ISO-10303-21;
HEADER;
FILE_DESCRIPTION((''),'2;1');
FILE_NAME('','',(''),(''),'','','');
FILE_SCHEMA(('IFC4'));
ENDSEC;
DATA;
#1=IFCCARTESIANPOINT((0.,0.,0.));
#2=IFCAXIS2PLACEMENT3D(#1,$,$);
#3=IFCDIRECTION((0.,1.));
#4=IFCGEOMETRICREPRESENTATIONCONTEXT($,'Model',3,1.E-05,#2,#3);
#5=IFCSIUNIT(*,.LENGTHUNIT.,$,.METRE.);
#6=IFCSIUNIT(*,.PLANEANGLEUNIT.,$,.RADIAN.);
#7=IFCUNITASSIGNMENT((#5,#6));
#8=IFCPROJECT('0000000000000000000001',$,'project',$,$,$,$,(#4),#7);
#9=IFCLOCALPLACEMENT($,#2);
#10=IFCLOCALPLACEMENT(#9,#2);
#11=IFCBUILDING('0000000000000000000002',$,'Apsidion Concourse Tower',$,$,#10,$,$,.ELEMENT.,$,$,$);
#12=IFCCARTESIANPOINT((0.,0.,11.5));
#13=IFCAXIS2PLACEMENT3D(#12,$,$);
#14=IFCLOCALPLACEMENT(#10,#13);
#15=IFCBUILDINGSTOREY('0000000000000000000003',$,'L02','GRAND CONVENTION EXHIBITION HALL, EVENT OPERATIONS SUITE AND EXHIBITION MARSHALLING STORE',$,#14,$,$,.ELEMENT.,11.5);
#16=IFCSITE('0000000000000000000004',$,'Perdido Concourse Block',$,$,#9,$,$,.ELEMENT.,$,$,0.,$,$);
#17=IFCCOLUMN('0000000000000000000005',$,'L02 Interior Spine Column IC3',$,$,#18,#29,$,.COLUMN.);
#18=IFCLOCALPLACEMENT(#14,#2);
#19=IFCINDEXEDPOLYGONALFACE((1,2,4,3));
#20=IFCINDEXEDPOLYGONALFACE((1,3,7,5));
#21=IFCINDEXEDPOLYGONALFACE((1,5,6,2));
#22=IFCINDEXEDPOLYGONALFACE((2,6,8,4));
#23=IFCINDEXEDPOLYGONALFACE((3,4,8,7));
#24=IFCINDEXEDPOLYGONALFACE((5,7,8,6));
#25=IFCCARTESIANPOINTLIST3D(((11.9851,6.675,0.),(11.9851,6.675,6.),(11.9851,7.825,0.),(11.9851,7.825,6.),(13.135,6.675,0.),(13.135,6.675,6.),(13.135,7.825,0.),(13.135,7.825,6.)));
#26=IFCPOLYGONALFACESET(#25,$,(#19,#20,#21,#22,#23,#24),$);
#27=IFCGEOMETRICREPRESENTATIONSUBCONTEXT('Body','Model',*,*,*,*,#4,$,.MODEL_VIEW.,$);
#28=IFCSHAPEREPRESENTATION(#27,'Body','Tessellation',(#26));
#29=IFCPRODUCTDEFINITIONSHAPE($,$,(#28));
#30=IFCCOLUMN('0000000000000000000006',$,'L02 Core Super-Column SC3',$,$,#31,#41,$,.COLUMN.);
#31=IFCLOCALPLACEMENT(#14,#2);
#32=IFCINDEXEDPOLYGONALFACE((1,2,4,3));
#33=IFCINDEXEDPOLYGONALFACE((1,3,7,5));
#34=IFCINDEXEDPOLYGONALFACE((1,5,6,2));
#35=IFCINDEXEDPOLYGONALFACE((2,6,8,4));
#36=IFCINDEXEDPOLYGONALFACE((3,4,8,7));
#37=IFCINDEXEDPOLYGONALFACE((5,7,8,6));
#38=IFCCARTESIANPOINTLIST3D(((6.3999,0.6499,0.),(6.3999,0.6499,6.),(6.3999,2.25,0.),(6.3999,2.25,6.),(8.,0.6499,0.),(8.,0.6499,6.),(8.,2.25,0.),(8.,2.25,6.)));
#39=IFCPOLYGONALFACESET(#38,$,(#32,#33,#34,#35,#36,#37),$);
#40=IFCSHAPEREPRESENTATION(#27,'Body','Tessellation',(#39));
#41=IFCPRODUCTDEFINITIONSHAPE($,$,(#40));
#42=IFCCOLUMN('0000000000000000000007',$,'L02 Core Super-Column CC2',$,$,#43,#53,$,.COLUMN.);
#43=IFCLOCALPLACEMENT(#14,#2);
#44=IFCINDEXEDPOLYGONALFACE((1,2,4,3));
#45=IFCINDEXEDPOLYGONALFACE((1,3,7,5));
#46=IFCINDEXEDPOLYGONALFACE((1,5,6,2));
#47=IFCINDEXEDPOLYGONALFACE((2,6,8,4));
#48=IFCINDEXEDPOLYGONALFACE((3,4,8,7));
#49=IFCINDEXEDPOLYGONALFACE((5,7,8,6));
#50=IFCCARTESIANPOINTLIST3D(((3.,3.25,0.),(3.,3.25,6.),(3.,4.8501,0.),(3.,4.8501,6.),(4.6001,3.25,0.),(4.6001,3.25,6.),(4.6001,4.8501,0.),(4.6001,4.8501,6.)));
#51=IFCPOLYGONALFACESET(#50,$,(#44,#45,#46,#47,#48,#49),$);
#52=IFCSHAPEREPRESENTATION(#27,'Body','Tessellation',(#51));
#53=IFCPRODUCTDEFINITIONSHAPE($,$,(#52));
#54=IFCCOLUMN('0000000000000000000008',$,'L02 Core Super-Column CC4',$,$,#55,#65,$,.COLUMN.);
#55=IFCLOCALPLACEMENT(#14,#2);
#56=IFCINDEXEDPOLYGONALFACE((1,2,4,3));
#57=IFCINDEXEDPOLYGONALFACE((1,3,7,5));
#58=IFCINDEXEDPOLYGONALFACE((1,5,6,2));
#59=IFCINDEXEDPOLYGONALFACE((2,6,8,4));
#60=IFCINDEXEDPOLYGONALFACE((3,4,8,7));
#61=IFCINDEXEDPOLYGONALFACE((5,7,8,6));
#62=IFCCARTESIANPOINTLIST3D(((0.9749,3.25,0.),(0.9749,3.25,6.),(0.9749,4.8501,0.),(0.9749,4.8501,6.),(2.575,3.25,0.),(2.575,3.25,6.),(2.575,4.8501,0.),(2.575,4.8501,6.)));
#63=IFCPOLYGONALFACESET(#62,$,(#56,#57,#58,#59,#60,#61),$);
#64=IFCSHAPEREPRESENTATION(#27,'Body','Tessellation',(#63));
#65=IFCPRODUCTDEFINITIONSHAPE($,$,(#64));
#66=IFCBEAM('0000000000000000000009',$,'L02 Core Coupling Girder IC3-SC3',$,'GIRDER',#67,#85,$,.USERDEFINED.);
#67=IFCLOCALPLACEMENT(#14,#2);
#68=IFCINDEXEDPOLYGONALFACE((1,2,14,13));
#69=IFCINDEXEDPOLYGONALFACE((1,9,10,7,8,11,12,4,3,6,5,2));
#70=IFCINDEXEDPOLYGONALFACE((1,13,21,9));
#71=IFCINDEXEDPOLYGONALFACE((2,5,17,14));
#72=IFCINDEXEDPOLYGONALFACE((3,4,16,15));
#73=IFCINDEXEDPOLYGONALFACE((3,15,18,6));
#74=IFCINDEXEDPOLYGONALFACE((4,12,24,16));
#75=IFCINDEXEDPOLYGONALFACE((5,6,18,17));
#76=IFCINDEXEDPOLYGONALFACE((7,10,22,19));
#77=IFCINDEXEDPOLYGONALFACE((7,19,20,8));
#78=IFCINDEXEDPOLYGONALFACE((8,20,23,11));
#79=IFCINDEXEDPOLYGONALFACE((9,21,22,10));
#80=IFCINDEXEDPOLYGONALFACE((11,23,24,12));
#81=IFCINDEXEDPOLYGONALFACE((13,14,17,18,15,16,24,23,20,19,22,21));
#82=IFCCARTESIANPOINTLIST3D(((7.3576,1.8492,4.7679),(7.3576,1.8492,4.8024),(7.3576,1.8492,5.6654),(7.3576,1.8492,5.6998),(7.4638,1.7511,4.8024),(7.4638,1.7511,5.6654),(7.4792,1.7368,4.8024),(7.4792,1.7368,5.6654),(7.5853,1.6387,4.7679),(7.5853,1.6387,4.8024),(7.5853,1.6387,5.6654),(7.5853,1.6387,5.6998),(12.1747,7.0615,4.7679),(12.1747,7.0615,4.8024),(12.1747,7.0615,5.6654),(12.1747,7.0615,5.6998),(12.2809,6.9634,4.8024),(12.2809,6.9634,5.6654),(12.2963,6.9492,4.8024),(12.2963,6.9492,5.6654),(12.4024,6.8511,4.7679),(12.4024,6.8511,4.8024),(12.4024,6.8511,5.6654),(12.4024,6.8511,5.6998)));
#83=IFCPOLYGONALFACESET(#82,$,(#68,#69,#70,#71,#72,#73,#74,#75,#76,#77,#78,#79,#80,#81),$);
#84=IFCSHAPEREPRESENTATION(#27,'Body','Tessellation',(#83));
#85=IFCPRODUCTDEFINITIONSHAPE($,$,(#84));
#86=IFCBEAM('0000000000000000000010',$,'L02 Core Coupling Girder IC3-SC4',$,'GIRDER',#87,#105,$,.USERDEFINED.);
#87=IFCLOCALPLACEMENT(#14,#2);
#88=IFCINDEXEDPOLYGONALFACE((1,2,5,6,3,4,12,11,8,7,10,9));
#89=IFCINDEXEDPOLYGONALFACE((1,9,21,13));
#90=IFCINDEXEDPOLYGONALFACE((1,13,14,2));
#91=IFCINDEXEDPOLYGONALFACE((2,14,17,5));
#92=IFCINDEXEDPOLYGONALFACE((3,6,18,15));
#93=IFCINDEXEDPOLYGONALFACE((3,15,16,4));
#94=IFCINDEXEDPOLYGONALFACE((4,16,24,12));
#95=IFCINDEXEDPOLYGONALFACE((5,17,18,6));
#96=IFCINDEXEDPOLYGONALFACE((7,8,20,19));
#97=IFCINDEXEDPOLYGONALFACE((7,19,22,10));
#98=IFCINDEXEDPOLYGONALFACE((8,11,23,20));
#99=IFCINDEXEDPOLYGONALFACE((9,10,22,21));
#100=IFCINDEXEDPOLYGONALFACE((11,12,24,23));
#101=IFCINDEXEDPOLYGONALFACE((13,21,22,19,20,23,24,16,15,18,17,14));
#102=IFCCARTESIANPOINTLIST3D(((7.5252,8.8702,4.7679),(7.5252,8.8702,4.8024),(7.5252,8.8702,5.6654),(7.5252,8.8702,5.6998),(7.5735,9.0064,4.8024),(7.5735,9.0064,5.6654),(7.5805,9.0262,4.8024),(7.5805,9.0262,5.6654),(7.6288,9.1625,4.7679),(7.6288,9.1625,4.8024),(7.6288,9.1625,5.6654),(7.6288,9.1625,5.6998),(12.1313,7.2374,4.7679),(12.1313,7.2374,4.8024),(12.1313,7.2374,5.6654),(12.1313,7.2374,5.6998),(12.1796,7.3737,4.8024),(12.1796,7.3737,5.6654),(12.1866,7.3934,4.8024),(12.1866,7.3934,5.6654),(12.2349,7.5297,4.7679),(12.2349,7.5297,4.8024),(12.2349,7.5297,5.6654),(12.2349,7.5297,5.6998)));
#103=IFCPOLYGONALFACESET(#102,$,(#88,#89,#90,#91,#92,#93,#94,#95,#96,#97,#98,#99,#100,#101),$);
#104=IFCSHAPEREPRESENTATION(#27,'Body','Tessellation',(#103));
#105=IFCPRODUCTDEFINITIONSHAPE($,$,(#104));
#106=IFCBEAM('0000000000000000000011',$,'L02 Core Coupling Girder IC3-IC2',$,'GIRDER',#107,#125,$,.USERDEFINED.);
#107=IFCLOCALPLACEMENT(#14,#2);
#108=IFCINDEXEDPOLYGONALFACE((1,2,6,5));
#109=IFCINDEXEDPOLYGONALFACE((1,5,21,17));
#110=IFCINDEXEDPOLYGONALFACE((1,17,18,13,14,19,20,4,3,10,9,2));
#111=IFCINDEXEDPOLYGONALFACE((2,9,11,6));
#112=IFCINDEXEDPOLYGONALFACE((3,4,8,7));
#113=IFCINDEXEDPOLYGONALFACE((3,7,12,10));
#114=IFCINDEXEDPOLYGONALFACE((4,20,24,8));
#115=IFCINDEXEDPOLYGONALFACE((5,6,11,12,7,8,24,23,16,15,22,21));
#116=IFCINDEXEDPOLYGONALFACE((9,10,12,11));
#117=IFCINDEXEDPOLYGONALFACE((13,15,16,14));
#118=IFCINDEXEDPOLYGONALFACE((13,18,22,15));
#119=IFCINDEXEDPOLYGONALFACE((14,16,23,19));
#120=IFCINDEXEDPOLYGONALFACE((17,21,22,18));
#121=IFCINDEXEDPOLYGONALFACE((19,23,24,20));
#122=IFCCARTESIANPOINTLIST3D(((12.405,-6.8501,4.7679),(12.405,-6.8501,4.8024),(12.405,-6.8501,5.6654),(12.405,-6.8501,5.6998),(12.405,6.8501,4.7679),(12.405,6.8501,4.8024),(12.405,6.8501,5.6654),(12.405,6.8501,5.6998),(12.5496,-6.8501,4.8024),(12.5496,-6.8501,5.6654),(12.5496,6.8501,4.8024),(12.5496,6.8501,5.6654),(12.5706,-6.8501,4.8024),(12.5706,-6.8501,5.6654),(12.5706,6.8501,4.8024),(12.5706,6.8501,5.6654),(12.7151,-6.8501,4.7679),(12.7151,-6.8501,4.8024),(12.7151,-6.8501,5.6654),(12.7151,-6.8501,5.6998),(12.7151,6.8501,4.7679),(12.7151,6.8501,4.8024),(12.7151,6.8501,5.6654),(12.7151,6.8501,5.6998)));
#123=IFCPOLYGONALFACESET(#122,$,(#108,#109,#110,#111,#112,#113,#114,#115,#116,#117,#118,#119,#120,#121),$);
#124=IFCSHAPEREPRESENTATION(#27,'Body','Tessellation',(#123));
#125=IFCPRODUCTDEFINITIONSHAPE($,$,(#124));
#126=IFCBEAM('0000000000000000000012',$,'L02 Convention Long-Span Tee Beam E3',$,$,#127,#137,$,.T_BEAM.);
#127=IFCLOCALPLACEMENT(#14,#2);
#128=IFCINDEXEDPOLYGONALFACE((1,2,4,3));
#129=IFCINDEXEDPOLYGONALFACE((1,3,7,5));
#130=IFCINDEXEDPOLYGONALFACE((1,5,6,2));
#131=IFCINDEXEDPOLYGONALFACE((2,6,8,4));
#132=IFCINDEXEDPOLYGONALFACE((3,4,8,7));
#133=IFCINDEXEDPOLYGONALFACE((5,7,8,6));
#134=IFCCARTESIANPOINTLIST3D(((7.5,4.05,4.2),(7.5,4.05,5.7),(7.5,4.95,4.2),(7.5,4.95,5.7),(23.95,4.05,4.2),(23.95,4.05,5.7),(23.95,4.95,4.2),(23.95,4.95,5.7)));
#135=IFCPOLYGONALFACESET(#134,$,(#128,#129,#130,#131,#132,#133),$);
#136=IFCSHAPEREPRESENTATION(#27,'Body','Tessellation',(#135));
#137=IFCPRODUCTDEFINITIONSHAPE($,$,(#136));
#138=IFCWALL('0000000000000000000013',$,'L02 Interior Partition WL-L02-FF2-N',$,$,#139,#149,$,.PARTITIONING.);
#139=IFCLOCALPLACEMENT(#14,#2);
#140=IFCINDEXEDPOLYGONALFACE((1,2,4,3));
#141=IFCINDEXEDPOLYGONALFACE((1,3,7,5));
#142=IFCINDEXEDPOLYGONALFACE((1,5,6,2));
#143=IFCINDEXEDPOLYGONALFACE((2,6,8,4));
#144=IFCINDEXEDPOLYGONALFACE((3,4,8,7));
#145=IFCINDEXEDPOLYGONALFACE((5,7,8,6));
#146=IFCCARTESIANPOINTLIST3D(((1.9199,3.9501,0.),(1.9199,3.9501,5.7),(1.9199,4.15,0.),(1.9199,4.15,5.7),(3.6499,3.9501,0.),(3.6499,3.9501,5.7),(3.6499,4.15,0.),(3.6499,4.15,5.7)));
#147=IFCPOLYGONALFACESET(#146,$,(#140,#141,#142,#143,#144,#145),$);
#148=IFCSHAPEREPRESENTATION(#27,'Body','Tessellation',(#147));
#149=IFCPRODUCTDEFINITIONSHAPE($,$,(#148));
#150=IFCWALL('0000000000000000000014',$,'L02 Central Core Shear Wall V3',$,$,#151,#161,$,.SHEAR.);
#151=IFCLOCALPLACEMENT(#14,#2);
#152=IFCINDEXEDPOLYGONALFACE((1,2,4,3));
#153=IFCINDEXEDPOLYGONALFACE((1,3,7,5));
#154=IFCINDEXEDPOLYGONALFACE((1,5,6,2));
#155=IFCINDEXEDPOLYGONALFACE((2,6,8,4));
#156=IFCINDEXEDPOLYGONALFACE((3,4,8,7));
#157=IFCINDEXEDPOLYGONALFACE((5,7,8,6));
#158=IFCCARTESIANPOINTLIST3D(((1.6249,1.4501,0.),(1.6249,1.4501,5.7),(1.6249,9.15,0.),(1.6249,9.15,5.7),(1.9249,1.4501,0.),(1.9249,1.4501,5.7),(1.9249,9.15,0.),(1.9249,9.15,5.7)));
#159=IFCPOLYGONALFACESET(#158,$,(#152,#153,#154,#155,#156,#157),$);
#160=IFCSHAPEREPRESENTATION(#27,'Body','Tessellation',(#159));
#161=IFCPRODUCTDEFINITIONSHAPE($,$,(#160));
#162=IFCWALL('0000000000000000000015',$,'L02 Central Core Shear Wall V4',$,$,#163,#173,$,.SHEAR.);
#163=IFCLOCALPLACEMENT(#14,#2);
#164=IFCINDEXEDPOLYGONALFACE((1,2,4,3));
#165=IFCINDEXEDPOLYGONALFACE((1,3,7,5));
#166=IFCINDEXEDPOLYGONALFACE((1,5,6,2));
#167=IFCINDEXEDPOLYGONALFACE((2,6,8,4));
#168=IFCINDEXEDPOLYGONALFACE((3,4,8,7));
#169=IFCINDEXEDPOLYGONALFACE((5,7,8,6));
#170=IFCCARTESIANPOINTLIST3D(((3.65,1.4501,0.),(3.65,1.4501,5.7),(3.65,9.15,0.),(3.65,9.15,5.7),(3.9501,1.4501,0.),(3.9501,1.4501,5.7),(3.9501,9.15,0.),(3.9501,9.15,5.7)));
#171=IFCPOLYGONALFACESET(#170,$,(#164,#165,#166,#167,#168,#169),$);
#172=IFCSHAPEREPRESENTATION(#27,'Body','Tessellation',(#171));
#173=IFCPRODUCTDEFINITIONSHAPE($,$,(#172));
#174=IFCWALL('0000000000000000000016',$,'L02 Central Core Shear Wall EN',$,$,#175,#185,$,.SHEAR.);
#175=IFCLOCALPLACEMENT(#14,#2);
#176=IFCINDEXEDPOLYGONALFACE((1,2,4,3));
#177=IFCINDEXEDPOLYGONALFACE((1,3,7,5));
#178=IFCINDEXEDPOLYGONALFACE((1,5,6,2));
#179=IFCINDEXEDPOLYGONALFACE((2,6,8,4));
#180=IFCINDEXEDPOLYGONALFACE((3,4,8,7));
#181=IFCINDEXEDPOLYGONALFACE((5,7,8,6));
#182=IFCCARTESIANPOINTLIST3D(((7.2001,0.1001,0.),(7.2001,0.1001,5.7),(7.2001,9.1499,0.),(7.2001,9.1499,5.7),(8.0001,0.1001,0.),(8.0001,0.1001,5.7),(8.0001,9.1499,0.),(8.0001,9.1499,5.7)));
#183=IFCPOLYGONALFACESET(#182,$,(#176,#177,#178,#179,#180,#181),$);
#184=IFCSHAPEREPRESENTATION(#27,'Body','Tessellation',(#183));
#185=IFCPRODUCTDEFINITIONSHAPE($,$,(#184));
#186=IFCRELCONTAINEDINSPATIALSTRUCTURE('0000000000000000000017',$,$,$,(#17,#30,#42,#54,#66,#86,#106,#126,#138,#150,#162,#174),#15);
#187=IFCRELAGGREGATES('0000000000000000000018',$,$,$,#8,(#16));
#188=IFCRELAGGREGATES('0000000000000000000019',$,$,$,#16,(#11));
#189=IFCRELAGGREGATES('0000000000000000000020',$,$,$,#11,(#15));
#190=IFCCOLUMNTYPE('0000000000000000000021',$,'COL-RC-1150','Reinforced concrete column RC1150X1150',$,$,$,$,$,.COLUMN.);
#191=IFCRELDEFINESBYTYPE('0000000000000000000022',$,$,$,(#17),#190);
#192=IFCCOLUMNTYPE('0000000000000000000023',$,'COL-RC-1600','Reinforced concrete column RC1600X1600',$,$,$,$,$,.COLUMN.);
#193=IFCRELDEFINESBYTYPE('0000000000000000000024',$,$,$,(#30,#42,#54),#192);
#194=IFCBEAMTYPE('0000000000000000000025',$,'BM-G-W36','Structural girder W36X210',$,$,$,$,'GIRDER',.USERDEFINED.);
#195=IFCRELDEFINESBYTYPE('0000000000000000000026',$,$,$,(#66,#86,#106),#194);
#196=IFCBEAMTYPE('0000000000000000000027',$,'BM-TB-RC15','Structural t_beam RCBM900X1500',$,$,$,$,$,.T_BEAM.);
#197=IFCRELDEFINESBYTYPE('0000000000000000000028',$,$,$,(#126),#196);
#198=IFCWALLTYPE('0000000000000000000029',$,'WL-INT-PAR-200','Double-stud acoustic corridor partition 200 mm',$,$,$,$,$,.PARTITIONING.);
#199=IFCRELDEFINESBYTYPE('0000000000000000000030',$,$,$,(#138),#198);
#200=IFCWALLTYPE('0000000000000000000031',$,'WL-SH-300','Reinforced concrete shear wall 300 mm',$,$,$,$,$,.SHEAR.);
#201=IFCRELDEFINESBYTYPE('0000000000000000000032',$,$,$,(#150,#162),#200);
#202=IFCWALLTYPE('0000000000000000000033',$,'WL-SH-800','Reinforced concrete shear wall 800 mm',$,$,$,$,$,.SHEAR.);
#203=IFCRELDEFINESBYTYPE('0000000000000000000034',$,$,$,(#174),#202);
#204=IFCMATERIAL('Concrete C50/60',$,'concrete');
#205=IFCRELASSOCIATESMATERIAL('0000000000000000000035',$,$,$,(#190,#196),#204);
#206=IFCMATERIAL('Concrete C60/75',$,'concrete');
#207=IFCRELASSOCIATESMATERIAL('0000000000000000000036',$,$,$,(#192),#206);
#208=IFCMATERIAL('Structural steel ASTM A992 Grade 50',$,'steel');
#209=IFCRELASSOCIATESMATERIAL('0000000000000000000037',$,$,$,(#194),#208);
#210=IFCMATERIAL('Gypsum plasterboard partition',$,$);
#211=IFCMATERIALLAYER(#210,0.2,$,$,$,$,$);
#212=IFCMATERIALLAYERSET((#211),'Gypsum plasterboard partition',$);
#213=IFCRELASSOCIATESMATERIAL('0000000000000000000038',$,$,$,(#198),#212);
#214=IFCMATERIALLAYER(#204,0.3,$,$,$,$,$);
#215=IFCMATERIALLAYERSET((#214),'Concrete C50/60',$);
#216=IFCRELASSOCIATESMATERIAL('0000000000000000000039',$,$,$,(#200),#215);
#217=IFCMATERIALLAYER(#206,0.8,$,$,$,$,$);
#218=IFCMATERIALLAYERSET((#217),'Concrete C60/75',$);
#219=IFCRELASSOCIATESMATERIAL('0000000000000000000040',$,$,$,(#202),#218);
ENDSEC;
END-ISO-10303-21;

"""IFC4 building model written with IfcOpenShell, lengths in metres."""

from ifc_helpers import new_model, si_unit, direction, frame, frame_2d, origin, origin_2d, place, context, subcontext, project, spatial, rectangle, i_section, extrude, material, layer, layer_set, material_profile, profile_set, type_object, element, save


model = new_model("IFC4")

# Units and contexts
model_context = context("Model", 3, precision=1e-05, world=origin(), true_north=direction((0.0, 1.0)))
body_context = subcontext(model_context, "Body", "Model", "MODEL_VIEW")
ifc_project = project(units=[si_unit("LENGTHUNIT", "METRE"), si_unit("PLANEANGLEUNIT", "RADIAN")], contexts=[model_context])

# Site, building, storey
site_placement = place(None, origin())
site = spatial("IfcSite", under=ifc_project, at=site_placement, Name="Perdido Concourse Block", CompositionType="ELEMENT", RefElevation=0.0)
building_placement = place(site_placement, origin())
building = spatial("IfcBuilding", under=site, at=building_placement, Name="Apsidion Concourse Tower", CompositionType="ELEMENT")
storey_placement = place(building_placement, frame((0.0, 0.0, 11.5)))
storey = spatial("IfcBuildingStorey", under=building, at=storey_placement, Name="L02", Description="GRAND CONVENTION EXHIBITION HALL, EVENT OPERATIONS SUITE AND EXHIBITION MARSHALLING STORE", CompositionType="ELEMENT", Elevation=11.5)

# Columns
ifc_material_1 = material(Name="Concrete C50/60", Category="concrete")
ifc_material_profile_1 = material_profile(ifc_material_1, rectangle(XDim=1.1499, YDim=1.1499, at=origin_2d()), Name="RC 1150x1150")
ifc_profile_set_1 = profile_set([ifc_material_profile_1], Name="Concrete C50/60")
column_type_1 = type_object("IfcColumnType", Name="COL-RC-1150", Description="Reinforced concrete column RC1150X1150", PredefinedType="COLUMN", material=ifc_profile_set_1)
column_placement = place(storey_placement, frame((12.5601, 7.25, 0.0), z_axis=(0.0, 0.0, 1.0), x_axis=(1.0, 0.0, 0.0)))
element("IfcColumn", 1, at=column_placement, inside=storey, type_object=column_type_1, Name="L02 Interior Spine Column IC3", PredefinedType="COLUMN", context=body_context, shape_type="SweptSolid", body=[
    extrude(rectangle(XDim=1.1499, YDim=1.1499, at=origin_2d()), origin(), (0.0, 0.0, 1.0), 6.0),
])
ifc_material_2 = material(Name="Concrete C60/75", Category="concrete")
ifc_material_profile_2 = material_profile(ifc_material_2, rectangle(XDim=1.6001, YDim=1.6001, at=origin_2d()), Name="RC 1600x1600")
ifc_profile_set_2 = profile_set([ifc_material_profile_2], Name="Concrete C60/75")
column_type_2 = type_object("IfcColumnType", Name="COL-RC-1600", Description="Reinforced concrete column RC1600X1600", PredefinedType="COLUMN", material=ifc_profile_set_2)
for number, where, z_axis, x_axis, name in (
    (2, (7.2, 1.45, 0.0), (0.0, 0.0, 1.0), (1.0, 0.0, 0.0), "L02 Core Super-Column SC3"),
    (3, (3.8, 4.05, 0.0), (0.0, 0.0, 1.0), (1.0, 0.0, 0.0), "L02 Core Super-Column CC2"),
    (4, (1.7749, 4.05, 0.0), (0.0, 0.0, 1.0), (1.0, 0.0, 0.0), "L02 Core Super-Column CC4"),
):
    element("IfcColumn", number, at=place(storey_placement, frame(where, z_axis=z_axis, x_axis=x_axis)), inside=storey, type_object=column_type_2, Name=name, PredefinedType="COLUMN", context=body_context, shape_type="SweptSolid", body=[
        extrude(rectangle(XDim=1.6001, YDim=1.6001, at=origin_2d()), origin(), (0.0, 0.0, 1.0), 6.0),
    ])

# Beams
ifc_material_3 = material(Name="Structural steel ASTM A992 Grade 50", Category="steel")
ifc_material_profile_3 = material_profile(ifc_material_3, i_section(OverallWidth=0.3101, OverallDepth=0.9319, WebThickness=0.021, FlangeThickness=0.0344, at=origin_2d()), Name="W36X210")
ifc_profile_set_3 = profile_set([ifc_material_profile_3], Name="Structural steel ASTM A992 Grade 50")
beam_type_1 = type_object("IfcBeamType", Name="BM-G-W36", Description="Structural girder W36X210", ElementType="GIRDER", PredefinedType="USERDEFINED", material=ifc_profile_set_3)
beam_1_placement = place(storey_placement, frame((12.2886, 6.9563, 5.2339), z_axis=(-0.678713, -0.734404, 0.0), x_axis=(0.734404, -0.678713, 0.0)))
element("IfcBeam", 5, at=beam_1_placement, inside=storey, type_object=beam_type_1, Name="L02 Core Coupling Girder IC3-SC3", ObjectType="GIRDER", PredefinedType="USERDEFINED", context=body_context, shape_type="SweptSolid", body=[
    extrude(i_section(OverallWidth=0.3101, OverallDepth=0.9319, WebThickness=0.021, FlangeThickness=0.0344, at=origin_2d()), origin(), (0.0, 0.0, 1.0), 7.0974),
])
beam_2_placement = place(storey_placement, frame((12.1831, 7.3835, 5.2339), z_axis=(-0.942534, 0.334111, 0.0), x_axis=(-0.334111, -0.942534, 0.0)))
element("IfcBeam", 6, at=beam_2_placement, inside=storey, type_object=beam_type_1, Name="L02 Core Coupling Girder IC3-SC4", ObjectType="GIRDER", PredefinedType="USERDEFINED", context=body_context, shape_type="SweptSolid", body=[
    extrude(i_section(OverallWidth=0.3101, OverallDepth=0.9319, WebThickness=0.021, FlangeThickness=0.0344, at=origin_2d()), origin(), (0.0, 0.0, 1.0), 4.887),
])
beam_3_placement = place(storey_placement, frame((12.5601, 6.8501, 5.2339), z_axis=(0.0, -1.0, 0.0), x_axis=(1.0, 0.0, 0.0)))
element("IfcBeam", 7, at=beam_3_placement, inside=storey, type_object=beam_type_1, Name="L02 Core Coupling Girder IC3-IC2", ObjectType="GIRDER", PredefinedType="USERDEFINED", context=body_context, shape_type="SweptSolid", body=[
    extrude(i_section(OverallWidth=0.3101, OverallDepth=0.9319, WebThickness=0.021, FlangeThickness=0.0344, at=origin_2d()), origin(), (0.0, 0.0, 1.0), 13.7002),
])
ifc_material_profile_4 = material_profile(ifc_material_1, rectangle(XDim=0.8999, YDim=1.5, at=origin_2d()), Name="RC 900x1500")
ifc_profile_set_4 = profile_set([ifc_material_profile_4], Name="Concrete C50/60")
beam_type_2 = type_object("IfcBeamType", Name="BM-TB-RC15", Description="Structural t_beam RCBM900X1500", PredefinedType="T_BEAM", material=ifc_profile_set_4)
beam_4_placement = place(storey_placement, frame((7.5, 4.5, 4.95), z_axis=(1.0, 0.0, 0.0), x_axis=(0.0, 1.0, 0.0)))
element("IfcBeam", 8, at=beam_4_placement, inside=storey, type_object=beam_type_2, Name="L02 Convention Long-Span Tee Beam E3", PredefinedType="T_BEAM", context=body_context, shape_type="SweptSolid", body=[
    extrude(rectangle(XDim=0.8999, YDim=1.5, at=origin_2d()), origin(), (0.0, 0.0, 1.0), 16.45),
])

# Walls
ifc_material_4 = material(Name="Gypsum plasterboard partition")
ifc_layer_1 = layer(ifc_material_4, 0.2)
ifc_layer_set_1 = layer_set([ifc_layer_1], Name="Gypsum plasterboard partition")
wall_type_1 = type_object("IfcWallType", Name="WL-INT-PAR-200", Description="Double-stud acoustic corridor partition 200 mm", PredefinedType="PARTITIONING", material=ifc_layer_set_1)
wall_1_placement = place(storey_placement, frame((1.9199, 4.05, 0.0), z_axis=(0.0, 0.0, 1.0), x_axis=(1.0, 0.0, 0.0)))
element("IfcWall", 9, at=wall_1_placement, inside=storey, type_object=wall_type_1, Name="L02 Interior Partition WL-L02-FF2-N", PredefinedType="PARTITIONING", context=body_context, shape_type="SweptSolid", body=[
    extrude(rectangle(XDim=1.73, YDim=0.2, at=frame_2d((0.865, 0.0))), origin(), (0.0, 0.0, 1.0), 5.7),
])
ifc_layer_2 = layer(ifc_material_1, 0.3)
ifc_layer_set_2 = layer_set([ifc_layer_2], Name="Concrete C50/60")
wall_type_2 = type_object("IfcWallType", Name="WL-SH-300", Description="Reinforced concrete shear wall 300 mm", PredefinedType="SHEAR", material=ifc_layer_set_2)
for number, where, z_axis, x_axis, name in (
    (10, (1.7749, 1.45, 0.0), (0.0, 0.0, 1.0), (0.0, 1.0, 0.0), "L02 Central Core Shear Wall V3"),
    (11, (3.8, 1.45, 0.0), (0.0, 0.0, 1.0), (0.0, 1.0, 0.0), "L02 Central Core Shear Wall V4"),
):
    element("IfcWall", number, at=place(storey_placement, frame(where, z_axis=z_axis, x_axis=x_axis)), inside=storey, type_object=wall_type_2, Name=name, PredefinedType="SHEAR", context=body_context, shape_type="SweptSolid", body=[
        extrude(rectangle(XDim=7.7, YDim=0.3, at=frame_2d((3.8501, 0.0))), origin(), (0.0, 0.0, 1.0), 5.7),
    ])
ifc_layer_3 = layer(ifc_material_2, 0.8)
ifc_layer_set_3 = layer_set([ifc_layer_3], Name="Concrete C60/75")
wall_type_3 = type_object("IfcWallType", Name="WL-SH-800", Description="Reinforced concrete shear wall 800 mm", PredefinedType="SHEAR", material=ifc_layer_set_3)
wall_2_placement = place(storey_placement, frame((7.6001, 0.1001, 0.0), z_axis=(0.0, 0.0, 1.0), x_axis=(0.0, 1.0, 0.0)))
element("IfcWall", 12, at=wall_2_placement, inside=storey, type_object=wall_type_3, Name="L02 Central Core Shear Wall EN", PredefinedType="SHEAR", context=body_context, shape_type="SweptSolid", body=[
    extrude(rectangle(XDim=9.0498, YDim=0.8, at=frame_2d((4.5249, 0.0))), origin(), (0.0, 0.0, 1.0), 5.7),
])

save(model, "model.ifc")
